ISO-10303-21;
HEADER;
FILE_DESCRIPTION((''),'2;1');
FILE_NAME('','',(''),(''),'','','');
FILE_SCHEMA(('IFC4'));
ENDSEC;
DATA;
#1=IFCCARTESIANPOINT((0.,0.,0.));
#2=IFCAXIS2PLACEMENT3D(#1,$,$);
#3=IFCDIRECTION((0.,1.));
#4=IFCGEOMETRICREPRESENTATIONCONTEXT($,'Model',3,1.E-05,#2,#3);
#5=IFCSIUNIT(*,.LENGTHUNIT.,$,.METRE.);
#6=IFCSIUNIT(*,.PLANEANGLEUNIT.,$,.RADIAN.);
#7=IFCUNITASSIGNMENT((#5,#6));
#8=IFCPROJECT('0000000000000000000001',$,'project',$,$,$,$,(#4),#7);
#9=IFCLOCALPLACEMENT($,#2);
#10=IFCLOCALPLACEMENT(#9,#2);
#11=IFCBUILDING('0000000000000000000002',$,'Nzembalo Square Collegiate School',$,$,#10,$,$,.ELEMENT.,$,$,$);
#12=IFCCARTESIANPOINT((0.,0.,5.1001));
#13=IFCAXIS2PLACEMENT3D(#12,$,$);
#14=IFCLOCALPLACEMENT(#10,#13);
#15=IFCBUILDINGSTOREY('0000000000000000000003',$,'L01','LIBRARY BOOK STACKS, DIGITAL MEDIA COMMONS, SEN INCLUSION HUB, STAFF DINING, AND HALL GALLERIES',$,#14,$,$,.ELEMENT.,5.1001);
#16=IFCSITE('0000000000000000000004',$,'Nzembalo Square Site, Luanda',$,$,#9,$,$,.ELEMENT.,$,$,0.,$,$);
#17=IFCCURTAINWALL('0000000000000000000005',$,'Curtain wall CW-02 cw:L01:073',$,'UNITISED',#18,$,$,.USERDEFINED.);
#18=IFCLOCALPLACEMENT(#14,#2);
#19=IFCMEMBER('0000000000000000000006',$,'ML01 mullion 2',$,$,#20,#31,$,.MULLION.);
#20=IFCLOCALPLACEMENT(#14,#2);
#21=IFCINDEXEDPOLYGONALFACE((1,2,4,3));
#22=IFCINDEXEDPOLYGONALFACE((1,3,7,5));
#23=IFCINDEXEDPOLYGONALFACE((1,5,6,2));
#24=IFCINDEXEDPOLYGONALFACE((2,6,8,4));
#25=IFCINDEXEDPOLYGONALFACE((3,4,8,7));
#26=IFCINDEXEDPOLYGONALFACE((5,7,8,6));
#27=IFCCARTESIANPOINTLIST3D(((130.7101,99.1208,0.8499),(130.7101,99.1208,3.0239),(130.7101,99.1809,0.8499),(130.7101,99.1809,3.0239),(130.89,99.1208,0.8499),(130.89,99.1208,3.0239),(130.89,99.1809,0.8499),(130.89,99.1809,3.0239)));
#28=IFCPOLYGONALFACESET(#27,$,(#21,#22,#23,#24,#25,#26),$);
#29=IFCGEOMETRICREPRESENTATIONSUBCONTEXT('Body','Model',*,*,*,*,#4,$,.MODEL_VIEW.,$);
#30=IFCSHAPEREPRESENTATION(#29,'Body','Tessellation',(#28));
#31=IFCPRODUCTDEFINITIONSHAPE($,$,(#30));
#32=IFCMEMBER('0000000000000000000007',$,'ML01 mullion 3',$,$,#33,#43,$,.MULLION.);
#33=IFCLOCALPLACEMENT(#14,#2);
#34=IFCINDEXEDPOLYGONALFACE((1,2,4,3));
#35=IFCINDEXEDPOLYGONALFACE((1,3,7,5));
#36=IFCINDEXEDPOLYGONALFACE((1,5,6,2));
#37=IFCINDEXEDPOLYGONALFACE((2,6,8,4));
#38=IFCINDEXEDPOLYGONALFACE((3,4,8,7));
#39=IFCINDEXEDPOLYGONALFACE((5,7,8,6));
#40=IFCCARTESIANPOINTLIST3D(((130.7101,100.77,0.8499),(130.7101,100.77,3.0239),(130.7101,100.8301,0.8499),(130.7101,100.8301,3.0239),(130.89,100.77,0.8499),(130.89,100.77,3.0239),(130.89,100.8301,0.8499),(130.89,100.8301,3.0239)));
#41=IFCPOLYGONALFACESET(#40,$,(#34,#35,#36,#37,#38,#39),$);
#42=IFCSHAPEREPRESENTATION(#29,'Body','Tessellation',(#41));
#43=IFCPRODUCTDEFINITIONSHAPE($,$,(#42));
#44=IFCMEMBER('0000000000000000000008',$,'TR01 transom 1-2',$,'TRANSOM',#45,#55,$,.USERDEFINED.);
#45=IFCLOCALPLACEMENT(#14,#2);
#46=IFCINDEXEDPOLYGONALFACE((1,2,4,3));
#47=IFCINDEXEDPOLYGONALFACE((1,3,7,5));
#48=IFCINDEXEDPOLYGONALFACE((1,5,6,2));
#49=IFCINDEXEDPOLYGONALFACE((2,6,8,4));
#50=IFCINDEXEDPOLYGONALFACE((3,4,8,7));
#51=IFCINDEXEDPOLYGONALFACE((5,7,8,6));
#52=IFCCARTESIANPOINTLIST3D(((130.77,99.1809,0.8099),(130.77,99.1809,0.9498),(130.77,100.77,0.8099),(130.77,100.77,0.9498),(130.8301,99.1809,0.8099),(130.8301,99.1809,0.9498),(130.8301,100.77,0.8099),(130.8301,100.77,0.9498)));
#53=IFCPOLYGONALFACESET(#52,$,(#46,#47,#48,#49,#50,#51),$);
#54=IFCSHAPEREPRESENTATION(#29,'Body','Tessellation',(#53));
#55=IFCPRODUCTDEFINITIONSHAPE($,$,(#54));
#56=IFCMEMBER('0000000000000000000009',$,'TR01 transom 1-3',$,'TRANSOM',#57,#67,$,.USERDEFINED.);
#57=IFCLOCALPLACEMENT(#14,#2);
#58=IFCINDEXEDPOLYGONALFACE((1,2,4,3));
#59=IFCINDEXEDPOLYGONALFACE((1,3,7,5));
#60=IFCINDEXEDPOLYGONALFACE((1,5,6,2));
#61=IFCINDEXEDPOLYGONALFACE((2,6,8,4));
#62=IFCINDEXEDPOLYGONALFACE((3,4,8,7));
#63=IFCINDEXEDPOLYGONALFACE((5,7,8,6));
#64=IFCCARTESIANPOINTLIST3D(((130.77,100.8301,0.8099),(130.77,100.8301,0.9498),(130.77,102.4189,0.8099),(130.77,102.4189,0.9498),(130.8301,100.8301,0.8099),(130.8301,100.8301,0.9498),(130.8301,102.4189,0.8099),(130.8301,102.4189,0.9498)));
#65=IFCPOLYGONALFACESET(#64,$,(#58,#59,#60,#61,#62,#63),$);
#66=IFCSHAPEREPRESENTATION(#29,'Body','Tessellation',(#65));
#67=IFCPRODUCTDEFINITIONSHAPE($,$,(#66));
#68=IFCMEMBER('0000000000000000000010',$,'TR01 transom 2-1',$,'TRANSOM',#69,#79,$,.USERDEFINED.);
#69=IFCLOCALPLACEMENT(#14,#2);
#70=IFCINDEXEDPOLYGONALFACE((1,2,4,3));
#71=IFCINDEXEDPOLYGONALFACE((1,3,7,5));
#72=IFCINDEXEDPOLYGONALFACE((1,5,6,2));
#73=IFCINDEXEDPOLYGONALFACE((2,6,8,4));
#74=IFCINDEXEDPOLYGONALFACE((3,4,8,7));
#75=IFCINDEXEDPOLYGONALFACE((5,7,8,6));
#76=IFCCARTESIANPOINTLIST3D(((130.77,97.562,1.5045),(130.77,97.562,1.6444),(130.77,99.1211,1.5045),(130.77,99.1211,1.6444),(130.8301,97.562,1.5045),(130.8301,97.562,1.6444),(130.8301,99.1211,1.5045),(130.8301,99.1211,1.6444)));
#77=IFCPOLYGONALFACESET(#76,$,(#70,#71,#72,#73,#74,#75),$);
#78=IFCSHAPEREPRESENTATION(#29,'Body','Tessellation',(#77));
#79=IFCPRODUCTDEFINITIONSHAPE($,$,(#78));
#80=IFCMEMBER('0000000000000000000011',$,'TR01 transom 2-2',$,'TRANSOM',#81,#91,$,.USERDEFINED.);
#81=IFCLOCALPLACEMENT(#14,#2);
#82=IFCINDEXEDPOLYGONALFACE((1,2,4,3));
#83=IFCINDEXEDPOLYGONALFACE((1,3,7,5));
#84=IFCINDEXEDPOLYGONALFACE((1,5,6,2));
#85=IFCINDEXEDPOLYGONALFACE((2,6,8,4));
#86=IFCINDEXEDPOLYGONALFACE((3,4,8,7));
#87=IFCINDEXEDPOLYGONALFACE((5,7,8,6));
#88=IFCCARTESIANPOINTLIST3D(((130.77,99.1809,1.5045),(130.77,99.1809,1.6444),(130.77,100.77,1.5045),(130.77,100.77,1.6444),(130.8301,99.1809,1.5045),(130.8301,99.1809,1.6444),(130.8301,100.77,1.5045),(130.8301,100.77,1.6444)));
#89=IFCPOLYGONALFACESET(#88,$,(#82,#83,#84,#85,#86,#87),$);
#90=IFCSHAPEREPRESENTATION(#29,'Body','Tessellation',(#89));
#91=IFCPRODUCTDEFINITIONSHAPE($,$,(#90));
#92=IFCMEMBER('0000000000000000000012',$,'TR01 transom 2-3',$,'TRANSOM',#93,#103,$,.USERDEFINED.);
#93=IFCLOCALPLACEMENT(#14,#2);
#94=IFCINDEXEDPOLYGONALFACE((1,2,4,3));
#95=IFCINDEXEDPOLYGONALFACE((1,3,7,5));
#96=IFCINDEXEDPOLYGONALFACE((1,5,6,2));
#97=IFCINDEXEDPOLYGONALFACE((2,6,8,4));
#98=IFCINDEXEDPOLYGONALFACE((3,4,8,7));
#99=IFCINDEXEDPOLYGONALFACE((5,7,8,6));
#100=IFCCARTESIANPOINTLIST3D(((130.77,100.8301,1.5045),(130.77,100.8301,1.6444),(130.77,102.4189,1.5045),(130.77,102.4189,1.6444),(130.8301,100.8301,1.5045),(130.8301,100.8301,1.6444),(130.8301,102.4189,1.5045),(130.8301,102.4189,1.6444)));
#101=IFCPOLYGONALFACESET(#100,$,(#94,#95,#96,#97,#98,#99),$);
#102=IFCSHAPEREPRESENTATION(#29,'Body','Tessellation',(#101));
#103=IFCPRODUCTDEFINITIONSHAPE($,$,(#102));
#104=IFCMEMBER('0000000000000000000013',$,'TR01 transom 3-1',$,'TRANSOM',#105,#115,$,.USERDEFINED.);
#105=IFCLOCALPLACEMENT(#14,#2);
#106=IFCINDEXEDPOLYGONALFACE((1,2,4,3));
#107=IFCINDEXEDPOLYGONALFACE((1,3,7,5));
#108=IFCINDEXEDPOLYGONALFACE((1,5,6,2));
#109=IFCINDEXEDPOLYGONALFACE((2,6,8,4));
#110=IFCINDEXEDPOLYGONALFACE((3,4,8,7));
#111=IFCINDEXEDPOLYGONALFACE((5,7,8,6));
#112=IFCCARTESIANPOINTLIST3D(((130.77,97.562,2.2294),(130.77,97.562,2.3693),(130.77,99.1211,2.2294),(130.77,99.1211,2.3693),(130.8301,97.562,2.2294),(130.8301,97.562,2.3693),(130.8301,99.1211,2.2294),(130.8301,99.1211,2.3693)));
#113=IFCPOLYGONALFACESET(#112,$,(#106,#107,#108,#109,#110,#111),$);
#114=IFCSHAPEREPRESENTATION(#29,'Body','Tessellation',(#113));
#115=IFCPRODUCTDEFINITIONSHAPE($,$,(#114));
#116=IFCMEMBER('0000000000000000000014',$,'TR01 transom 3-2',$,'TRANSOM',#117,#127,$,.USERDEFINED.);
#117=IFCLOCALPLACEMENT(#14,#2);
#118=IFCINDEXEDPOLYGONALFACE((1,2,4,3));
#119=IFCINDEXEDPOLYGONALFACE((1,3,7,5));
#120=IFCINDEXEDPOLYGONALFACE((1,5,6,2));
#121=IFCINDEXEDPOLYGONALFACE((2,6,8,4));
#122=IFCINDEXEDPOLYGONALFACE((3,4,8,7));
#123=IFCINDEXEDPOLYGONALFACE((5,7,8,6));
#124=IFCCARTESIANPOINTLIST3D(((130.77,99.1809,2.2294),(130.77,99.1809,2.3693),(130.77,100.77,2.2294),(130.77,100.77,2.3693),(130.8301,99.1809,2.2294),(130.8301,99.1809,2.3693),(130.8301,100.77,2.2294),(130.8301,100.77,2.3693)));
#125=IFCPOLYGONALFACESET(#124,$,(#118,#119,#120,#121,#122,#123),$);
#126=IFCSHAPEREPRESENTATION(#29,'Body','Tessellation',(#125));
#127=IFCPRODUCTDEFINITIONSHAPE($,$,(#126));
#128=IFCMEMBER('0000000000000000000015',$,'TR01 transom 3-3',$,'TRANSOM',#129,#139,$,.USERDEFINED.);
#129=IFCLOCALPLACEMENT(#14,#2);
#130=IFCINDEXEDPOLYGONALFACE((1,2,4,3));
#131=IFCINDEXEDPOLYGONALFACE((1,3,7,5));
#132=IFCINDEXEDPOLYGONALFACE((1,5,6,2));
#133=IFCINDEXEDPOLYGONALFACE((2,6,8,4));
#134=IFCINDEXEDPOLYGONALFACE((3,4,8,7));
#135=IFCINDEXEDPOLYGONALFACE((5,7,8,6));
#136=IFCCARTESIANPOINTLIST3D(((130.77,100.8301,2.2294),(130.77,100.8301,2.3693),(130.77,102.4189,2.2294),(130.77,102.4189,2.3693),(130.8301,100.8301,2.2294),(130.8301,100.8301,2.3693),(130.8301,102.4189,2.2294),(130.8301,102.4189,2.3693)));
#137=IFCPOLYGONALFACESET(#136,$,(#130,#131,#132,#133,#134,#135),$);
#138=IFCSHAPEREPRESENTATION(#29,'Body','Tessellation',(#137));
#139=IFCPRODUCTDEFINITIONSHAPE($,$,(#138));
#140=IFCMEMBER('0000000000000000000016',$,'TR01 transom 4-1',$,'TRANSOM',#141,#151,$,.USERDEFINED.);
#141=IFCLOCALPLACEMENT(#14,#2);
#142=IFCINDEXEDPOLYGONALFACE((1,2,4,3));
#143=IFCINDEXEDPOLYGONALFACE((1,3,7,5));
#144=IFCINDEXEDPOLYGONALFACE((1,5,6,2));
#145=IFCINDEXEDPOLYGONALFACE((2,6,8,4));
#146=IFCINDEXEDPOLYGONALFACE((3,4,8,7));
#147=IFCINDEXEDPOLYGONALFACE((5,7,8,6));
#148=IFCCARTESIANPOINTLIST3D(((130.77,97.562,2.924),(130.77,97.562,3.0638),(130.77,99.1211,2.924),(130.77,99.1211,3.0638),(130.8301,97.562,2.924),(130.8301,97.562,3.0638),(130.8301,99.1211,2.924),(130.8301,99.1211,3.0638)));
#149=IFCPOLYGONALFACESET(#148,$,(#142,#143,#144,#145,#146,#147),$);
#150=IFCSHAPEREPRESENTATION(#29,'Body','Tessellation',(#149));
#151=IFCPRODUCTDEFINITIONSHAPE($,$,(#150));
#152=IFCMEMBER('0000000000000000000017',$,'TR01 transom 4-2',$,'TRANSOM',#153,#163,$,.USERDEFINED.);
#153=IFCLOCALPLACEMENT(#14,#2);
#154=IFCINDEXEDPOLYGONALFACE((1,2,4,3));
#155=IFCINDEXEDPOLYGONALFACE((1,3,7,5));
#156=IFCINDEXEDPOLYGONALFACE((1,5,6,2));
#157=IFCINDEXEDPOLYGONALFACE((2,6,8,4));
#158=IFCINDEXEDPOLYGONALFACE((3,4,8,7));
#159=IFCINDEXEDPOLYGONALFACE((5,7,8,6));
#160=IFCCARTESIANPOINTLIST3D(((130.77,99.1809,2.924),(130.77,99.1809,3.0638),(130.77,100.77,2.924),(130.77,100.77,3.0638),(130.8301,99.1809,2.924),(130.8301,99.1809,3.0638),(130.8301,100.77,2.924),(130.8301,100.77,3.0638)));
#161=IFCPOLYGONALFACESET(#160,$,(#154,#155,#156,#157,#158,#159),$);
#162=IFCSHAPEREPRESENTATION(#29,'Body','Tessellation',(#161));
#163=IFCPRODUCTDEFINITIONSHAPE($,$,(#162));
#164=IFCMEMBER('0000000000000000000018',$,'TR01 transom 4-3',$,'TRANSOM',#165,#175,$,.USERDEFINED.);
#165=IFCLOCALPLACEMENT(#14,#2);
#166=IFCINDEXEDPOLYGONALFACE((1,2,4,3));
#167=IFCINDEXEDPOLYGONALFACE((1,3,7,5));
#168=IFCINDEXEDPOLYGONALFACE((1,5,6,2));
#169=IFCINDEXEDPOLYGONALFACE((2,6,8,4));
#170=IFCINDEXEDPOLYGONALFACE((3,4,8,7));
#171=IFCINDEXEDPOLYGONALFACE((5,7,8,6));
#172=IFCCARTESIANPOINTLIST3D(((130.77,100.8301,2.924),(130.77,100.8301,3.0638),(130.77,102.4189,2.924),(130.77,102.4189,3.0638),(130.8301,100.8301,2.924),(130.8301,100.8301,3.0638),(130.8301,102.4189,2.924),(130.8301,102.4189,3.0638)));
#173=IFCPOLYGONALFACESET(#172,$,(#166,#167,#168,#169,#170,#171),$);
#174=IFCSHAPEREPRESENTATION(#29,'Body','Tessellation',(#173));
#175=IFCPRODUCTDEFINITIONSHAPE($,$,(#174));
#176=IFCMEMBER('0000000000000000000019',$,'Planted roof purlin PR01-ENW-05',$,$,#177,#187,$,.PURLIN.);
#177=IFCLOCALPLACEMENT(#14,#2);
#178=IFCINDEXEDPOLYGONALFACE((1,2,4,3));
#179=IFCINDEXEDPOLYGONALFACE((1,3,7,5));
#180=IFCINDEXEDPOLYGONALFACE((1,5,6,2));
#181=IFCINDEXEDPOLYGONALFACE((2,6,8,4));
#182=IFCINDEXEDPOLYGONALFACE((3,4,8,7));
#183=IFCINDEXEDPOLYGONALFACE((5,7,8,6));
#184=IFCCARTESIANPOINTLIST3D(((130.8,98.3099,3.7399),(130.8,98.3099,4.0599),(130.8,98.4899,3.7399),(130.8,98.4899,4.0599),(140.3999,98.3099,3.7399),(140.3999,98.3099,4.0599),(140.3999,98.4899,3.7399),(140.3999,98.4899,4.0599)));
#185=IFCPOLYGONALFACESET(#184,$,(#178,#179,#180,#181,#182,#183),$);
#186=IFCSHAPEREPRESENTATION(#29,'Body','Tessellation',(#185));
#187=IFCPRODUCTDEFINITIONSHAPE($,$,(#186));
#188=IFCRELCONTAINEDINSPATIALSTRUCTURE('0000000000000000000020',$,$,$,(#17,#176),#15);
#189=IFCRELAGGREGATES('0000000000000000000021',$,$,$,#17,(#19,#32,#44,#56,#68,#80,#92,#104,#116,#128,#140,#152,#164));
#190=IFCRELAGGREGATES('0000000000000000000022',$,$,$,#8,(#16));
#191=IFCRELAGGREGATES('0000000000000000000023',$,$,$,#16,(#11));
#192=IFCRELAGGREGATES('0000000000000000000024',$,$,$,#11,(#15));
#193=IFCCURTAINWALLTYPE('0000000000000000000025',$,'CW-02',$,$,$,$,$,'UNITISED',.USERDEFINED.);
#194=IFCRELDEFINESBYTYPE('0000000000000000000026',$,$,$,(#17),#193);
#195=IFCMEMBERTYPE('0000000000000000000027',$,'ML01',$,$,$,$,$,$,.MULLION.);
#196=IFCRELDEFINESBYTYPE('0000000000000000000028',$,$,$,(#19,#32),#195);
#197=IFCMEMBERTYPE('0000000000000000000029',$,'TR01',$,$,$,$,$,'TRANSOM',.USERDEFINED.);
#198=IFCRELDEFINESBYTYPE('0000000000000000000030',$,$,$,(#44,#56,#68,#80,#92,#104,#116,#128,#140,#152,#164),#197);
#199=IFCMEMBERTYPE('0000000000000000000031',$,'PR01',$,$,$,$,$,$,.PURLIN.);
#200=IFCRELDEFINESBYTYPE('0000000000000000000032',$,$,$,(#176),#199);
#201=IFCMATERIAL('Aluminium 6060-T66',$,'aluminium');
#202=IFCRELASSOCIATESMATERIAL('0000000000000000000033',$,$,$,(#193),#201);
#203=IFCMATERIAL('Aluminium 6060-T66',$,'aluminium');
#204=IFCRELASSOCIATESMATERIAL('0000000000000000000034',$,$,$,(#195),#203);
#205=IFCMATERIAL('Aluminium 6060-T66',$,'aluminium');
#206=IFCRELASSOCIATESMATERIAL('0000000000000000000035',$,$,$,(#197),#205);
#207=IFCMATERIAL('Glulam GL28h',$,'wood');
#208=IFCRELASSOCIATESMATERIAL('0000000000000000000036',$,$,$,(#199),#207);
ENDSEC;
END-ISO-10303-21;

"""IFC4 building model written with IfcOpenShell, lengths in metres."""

from ifc_helpers import new_model, si_unit, direction, frame, origin, origin_2d, place, context, subcontext, project, spatial, rectangle, extrude, material, material_profile, profile_set, type_object, element, aggregate, save


model = new_model("IFC4")

# Units and contexts
model_context = context("Model", 3, precision=1e-05, world=origin(), true_north=direction((0.0, 1.0)))
body_context = subcontext(model_context, "Body", "Model", "MODEL_VIEW")
ifc_project = project(units=[si_unit("LENGTHUNIT", "METRE"), si_unit("PLANEANGLEUNIT", "RADIAN")], contexts=[model_context])

# Site, building, storey
site_placement = place(None, origin())
site = spatial("IfcSite", under=ifc_project, at=site_placement, Name="Nzembalo Square Site, Luanda", CompositionType="ELEMENT", RefElevation=0.0)
building_placement = place(site_placement, origin())
building = spatial("IfcBuilding", under=site, at=building_placement, Name="Nzembalo Square Collegiate School", CompositionType="ELEMENT")
storey_placement = place(building_placement, frame((0.0, 0.0, 5.1001)))
storey = spatial("IfcBuildingStorey", under=building, at=storey_placement, Name="L01", Description="LIBRARY BOOK STACKS, DIGITAL MEDIA COMMONS, SEN INCLUSION HUB, STAFF DINING, AND HALL GALLERIES", CompositionType="ELEMENT", Elevation=5.1001)

# Curtain wall, members
ifc_material_1 = material(Name="Aluminium 6060-T66", Category="aluminium")
curtain_wall_type = type_object("IfcCurtainWallType", Name="CW-02", ElementType="UNITISED", PredefinedType="USERDEFINED", material=ifc_material_1)
curtain_wall_placement = place(storey_placement, origin())
curtain_wall = element("IfcCurtainWall", 1, at=curtain_wall_placement, inside=storey, type_object=curtain_wall_type, Name="Curtain wall CW-02 cw:L01:073", ObjectType="UNITISED", PredefinedType="USERDEFINED")
ifc_material_2 = material(Name="Aluminium 6060-T66", Category="aluminium")
ifc_material_profile_1 = material_profile(ifc_material_2, rectangle(XDim=0.0601, YDim=0.1799, at=origin_2d()), Name="ALU M60x180")
ifc_profile_set_1 = profile_set([ifc_material_profile_1], Name="Aluminium 6060-T66")
member_type_1 = type_object("IfcMemberType", Name="ML01", PredefinedType="MULLION", material=ifc_profile_set_1)
member_1_placement = place(storey_placement, frame((130.8, 99.1509, 0.8499), z_axis=(0.0, 0.0, 1.0), x_axis=(0.0, 1.0, 0.0)))
member_1 = element("IfcMember", 2, at=member_1_placement, type_object=member_type_1, Name="ML01 mullion 2", PredefinedType="MULLION", context=body_context, shape_type="SweptSolid", body=[
    extrude(rectangle(XDim=0.0601, YDim=0.1799, at=origin_2d()), origin(), (0.0, 0.0, 1.0), 2.1741),
])
member_2_placement = place(storey_placement, frame((130.8, 100.8, 0.8499), z_axis=(0.0, 0.0, 1.0), x_axis=(0.0, 1.0, 0.0)))
member_2 = element("IfcMember", 3, at=member_2_placement, type_object=member_type_1, Name="ML01 mullion 3", PredefinedType="MULLION", context=body_context, shape_type="SweptSolid", body=[
    extrude(rectangle(XDim=0.0601, YDim=0.1799, at=origin_2d()), origin(), (0.0, 0.0, 1.0), 2.1741),
])
ifc_material_3 = material(Name="Aluminium 6060-T66", Category="aluminium")
ifc_material_profile_2 = material_profile(ifc_material_3, rectangle(XDim=0.0601, YDim=0.1399, at=origin_2d()), Name="ALU T60x140")
ifc_profile_set_2 = profile_set([ifc_material_profile_2], Name="Aluminium 6060-T66")
member_type_2 = type_object("IfcMemberType", Name="TR01", ElementType="TRANSOM", PredefinedType="USERDEFINED", material=ifc_profile_set_2)
member_3_placement = place(storey_placement, frame((130.8, 99.1809, 0.8799), z_axis=(0.0, 1.0, 0.0), x_axis=(-1.0, 0.0, 0.0)))
member_3 = element("IfcMember", 4, at=member_3_placement, type_object=member_type_2, Name="TR01 transom 1-2", ObjectType="TRANSOM", PredefinedType="USERDEFINED", context=body_context, shape_type="SweptSolid", body=[
    extrude(rectangle(XDim=0.0601, YDim=0.1399, at=origin_2d()), origin(), (0.0, 0.0, 1.0), 1.5891),
])
member_4_placement = place(storey_placement, frame((130.8, 100.8301, 0.8799), z_axis=(0.0, 1.0, 0.0), x_axis=(-1.0, 0.0, 0.0)))
member_4 = element("IfcMember", 5, at=member_4_placement, type_object=member_type_2, Name="TR01 transom 1-3", ObjectType="TRANSOM", PredefinedType="USERDEFINED", context=body_context, shape_type="SweptSolid", body=[
    extrude(rectangle(XDim=0.0601, YDim=0.1399, at=origin_2d()), origin(), (0.0, 0.0, 1.0), 1.5889),
])
member_5_placement = place(storey_placement, frame((130.8, 97.562, 1.5745), z_axis=(0.0, 1.0, 0.0), x_axis=(-1.0, 0.0, 0.0)))
member_5 = element("IfcMember", 6, at=member_5_placement, type_object=member_type_2, Name="TR01 transom 2-1", ObjectType="TRANSOM", PredefinedType="USERDEFINED", context=body_context, shape_type="SweptSolid", body=[
    extrude(rectangle(XDim=0.0601, YDim=0.1399, at=origin_2d()), origin(), (0.0, 0.0, 1.0), 1.5591),
])
member_6_placement = place(storey_placement, frame((130.8, 99.1809, 1.5745), z_axis=(0.0, 1.0, 0.0), x_axis=(-1.0, 0.0, 0.0)))
member_6 = element("IfcMember", 7, at=member_6_placement, type_object=member_type_2, Name="TR01 transom 2-2", ObjectType="TRANSOM", PredefinedType="USERDEFINED", context=body_context, shape_type="SweptSolid", body=[
    extrude(rectangle(XDim=0.0601, YDim=0.1399, at=origin_2d()), origin(), (0.0, 0.0, 1.0), 1.5891),
])
member_7_placement = place(storey_placement, frame((130.8, 100.8301, 1.5745), z_axis=(0.0, 1.0, 0.0), x_axis=(-1.0, 0.0, 0.0)))
member_7 = element("IfcMember", 8, at=member_7_placement, type_object=member_type_2, Name="TR01 transom 2-3", ObjectType="TRANSOM", PredefinedType="USERDEFINED", context=body_context, shape_type="SweptSolid", body=[
    extrude(rectangle(XDim=0.0601, YDim=0.1399, at=origin_2d()), origin(), (0.0, 0.0, 1.0), 1.5889),
])
member_8_placement = place(storey_placement, frame((130.8, 97.562, 2.2993), z_axis=(0.0, 1.0, 0.0), x_axis=(-1.0, 0.0, 0.0)))
member_8 = element("IfcMember", 9, at=member_8_placement, type_object=member_type_2, Name="TR01 transom 3-1", ObjectType="TRANSOM", PredefinedType="USERDEFINED", context=body_context, shape_type="SweptSolid", body=[
    extrude(rectangle(XDim=0.0601, YDim=0.1399, at=origin_2d()), origin(), (0.0, 0.0, 1.0), 1.5591),
])
member_9_placement = place(storey_placement, frame((130.8, 99.1809, 2.2993), z_axis=(0.0, 1.0, 0.0), x_axis=(-1.0, 0.0, 0.0)))
member_9 = element("IfcMember", 10, at=member_9_placement, type_object=member_type_2, Name="TR01 transom 3-2", ObjectType="TRANSOM", PredefinedType="USERDEFINED", context=body_context, shape_type="SweptSolid", body=[
    extrude(rectangle(XDim=0.0601, YDim=0.1399, at=origin_2d()), origin(), (0.0, 0.0, 1.0), 1.5891),
])
member_10_placement = place(storey_placement, frame((130.8, 100.8301, 2.2993), z_axis=(0.0, 1.0, 0.0), x_axis=(-1.0, 0.0, 0.0)))
member_10 = element("IfcMember", 11, at=member_10_placement, type_object=member_type_2, Name="TR01 transom 3-3", ObjectType="TRANSOM", PredefinedType="USERDEFINED", context=body_context, shape_type="SweptSolid", body=[
    extrude(rectangle(XDim=0.0601, YDim=0.1399, at=origin_2d()), origin(), (0.0, 0.0, 1.0), 1.5889),
])
member_11_placement = place(storey_placement, frame((130.8, 97.562, 2.9939), z_axis=(0.0, 1.0, 0.0), x_axis=(-1.0, 0.0, 0.0)))
member_11 = element("IfcMember", 12, at=member_11_placement, type_object=member_type_2, Name="TR01 transom 4-1", ObjectType="TRANSOM", PredefinedType="USERDEFINED", context=body_context, shape_type="SweptSolid", body=[
    extrude(rectangle(XDim=0.0601, YDim=0.1399, at=origin_2d()), origin(), (0.0, 0.0, 1.0), 1.5591),
])
member_12_placement = place(storey_placement, frame((130.8, 99.1809, 2.9939), z_axis=(0.0, 1.0, 0.0), x_axis=(-1.0, 0.0, 0.0)))
member_12 = element("IfcMember", 13, at=member_12_placement, type_object=member_type_2, Name="TR01 transom 4-2", ObjectType="TRANSOM", PredefinedType="USERDEFINED", context=body_context, shape_type="SweptSolid", body=[
    extrude(rectangle(XDim=0.0601, YDim=0.1399, at=origin_2d()), origin(), (0.0, 0.0, 1.0), 1.5891),
])
member_13_placement = place(storey_placement, frame((130.8, 100.8301, 2.9939), z_axis=(0.0, 1.0, 0.0), x_axis=(-1.0, 0.0, 0.0)))
member_13 = element("IfcMember", 14, at=member_13_placement, type_object=member_type_2, Name="TR01 transom 4-3", ObjectType="TRANSOM", PredefinedType="USERDEFINED", context=body_context, shape_type="SweptSolid", body=[
    extrude(rectangle(XDim=0.0601, YDim=0.1399, at=origin_2d()), origin(), (0.0, 0.0, 1.0), 1.5889),
])

# Member
ifc_material_4 = material(Name="Glulam GL28h", Category="wood")
ifc_material_profile_3 = material_profile(ifc_material_4, rectangle(XDim=0.1799, YDim=0.3201, at=origin_2d()), Name="GL28h 180x320")
ifc_profile_set_3 = profile_set([ifc_material_profile_3], Name="Glulam GL28h")
member_type_3 = type_object("IfcMemberType", Name="PR01", PredefinedType="PURLIN", material=ifc_profile_set_3)
for number, where, z_axis, x_axis, name in (
    (15, (130.8, 98.3999, 3.8999), (1.0, 0.0, 0.0), (0.0, 1.0, 0.0), "Planted roof purlin PR01-ENW-05"),
):
    element("IfcMember", number, at=place(storey_placement, frame(where, z_axis=z_axis, x_axis=x_axis)), inside=storey, type_object=member_type_3, Name=name, PredefinedType="PURLIN", context=body_context, shape_type="SweptSolid", body=[
        extrude(rectangle(XDim=0.1799, YDim=0.3201, at=origin_2d()), origin(), (0.0, 0.0, 1.0), 9.5999),
    ])

aggregate(curtain_wall, [member_1, member_2, member_3, member_4, member_5, member_6, member_7, member_8, member_9, member_10, member_11, member_12, member_13])

save(model, "model.ifc")
